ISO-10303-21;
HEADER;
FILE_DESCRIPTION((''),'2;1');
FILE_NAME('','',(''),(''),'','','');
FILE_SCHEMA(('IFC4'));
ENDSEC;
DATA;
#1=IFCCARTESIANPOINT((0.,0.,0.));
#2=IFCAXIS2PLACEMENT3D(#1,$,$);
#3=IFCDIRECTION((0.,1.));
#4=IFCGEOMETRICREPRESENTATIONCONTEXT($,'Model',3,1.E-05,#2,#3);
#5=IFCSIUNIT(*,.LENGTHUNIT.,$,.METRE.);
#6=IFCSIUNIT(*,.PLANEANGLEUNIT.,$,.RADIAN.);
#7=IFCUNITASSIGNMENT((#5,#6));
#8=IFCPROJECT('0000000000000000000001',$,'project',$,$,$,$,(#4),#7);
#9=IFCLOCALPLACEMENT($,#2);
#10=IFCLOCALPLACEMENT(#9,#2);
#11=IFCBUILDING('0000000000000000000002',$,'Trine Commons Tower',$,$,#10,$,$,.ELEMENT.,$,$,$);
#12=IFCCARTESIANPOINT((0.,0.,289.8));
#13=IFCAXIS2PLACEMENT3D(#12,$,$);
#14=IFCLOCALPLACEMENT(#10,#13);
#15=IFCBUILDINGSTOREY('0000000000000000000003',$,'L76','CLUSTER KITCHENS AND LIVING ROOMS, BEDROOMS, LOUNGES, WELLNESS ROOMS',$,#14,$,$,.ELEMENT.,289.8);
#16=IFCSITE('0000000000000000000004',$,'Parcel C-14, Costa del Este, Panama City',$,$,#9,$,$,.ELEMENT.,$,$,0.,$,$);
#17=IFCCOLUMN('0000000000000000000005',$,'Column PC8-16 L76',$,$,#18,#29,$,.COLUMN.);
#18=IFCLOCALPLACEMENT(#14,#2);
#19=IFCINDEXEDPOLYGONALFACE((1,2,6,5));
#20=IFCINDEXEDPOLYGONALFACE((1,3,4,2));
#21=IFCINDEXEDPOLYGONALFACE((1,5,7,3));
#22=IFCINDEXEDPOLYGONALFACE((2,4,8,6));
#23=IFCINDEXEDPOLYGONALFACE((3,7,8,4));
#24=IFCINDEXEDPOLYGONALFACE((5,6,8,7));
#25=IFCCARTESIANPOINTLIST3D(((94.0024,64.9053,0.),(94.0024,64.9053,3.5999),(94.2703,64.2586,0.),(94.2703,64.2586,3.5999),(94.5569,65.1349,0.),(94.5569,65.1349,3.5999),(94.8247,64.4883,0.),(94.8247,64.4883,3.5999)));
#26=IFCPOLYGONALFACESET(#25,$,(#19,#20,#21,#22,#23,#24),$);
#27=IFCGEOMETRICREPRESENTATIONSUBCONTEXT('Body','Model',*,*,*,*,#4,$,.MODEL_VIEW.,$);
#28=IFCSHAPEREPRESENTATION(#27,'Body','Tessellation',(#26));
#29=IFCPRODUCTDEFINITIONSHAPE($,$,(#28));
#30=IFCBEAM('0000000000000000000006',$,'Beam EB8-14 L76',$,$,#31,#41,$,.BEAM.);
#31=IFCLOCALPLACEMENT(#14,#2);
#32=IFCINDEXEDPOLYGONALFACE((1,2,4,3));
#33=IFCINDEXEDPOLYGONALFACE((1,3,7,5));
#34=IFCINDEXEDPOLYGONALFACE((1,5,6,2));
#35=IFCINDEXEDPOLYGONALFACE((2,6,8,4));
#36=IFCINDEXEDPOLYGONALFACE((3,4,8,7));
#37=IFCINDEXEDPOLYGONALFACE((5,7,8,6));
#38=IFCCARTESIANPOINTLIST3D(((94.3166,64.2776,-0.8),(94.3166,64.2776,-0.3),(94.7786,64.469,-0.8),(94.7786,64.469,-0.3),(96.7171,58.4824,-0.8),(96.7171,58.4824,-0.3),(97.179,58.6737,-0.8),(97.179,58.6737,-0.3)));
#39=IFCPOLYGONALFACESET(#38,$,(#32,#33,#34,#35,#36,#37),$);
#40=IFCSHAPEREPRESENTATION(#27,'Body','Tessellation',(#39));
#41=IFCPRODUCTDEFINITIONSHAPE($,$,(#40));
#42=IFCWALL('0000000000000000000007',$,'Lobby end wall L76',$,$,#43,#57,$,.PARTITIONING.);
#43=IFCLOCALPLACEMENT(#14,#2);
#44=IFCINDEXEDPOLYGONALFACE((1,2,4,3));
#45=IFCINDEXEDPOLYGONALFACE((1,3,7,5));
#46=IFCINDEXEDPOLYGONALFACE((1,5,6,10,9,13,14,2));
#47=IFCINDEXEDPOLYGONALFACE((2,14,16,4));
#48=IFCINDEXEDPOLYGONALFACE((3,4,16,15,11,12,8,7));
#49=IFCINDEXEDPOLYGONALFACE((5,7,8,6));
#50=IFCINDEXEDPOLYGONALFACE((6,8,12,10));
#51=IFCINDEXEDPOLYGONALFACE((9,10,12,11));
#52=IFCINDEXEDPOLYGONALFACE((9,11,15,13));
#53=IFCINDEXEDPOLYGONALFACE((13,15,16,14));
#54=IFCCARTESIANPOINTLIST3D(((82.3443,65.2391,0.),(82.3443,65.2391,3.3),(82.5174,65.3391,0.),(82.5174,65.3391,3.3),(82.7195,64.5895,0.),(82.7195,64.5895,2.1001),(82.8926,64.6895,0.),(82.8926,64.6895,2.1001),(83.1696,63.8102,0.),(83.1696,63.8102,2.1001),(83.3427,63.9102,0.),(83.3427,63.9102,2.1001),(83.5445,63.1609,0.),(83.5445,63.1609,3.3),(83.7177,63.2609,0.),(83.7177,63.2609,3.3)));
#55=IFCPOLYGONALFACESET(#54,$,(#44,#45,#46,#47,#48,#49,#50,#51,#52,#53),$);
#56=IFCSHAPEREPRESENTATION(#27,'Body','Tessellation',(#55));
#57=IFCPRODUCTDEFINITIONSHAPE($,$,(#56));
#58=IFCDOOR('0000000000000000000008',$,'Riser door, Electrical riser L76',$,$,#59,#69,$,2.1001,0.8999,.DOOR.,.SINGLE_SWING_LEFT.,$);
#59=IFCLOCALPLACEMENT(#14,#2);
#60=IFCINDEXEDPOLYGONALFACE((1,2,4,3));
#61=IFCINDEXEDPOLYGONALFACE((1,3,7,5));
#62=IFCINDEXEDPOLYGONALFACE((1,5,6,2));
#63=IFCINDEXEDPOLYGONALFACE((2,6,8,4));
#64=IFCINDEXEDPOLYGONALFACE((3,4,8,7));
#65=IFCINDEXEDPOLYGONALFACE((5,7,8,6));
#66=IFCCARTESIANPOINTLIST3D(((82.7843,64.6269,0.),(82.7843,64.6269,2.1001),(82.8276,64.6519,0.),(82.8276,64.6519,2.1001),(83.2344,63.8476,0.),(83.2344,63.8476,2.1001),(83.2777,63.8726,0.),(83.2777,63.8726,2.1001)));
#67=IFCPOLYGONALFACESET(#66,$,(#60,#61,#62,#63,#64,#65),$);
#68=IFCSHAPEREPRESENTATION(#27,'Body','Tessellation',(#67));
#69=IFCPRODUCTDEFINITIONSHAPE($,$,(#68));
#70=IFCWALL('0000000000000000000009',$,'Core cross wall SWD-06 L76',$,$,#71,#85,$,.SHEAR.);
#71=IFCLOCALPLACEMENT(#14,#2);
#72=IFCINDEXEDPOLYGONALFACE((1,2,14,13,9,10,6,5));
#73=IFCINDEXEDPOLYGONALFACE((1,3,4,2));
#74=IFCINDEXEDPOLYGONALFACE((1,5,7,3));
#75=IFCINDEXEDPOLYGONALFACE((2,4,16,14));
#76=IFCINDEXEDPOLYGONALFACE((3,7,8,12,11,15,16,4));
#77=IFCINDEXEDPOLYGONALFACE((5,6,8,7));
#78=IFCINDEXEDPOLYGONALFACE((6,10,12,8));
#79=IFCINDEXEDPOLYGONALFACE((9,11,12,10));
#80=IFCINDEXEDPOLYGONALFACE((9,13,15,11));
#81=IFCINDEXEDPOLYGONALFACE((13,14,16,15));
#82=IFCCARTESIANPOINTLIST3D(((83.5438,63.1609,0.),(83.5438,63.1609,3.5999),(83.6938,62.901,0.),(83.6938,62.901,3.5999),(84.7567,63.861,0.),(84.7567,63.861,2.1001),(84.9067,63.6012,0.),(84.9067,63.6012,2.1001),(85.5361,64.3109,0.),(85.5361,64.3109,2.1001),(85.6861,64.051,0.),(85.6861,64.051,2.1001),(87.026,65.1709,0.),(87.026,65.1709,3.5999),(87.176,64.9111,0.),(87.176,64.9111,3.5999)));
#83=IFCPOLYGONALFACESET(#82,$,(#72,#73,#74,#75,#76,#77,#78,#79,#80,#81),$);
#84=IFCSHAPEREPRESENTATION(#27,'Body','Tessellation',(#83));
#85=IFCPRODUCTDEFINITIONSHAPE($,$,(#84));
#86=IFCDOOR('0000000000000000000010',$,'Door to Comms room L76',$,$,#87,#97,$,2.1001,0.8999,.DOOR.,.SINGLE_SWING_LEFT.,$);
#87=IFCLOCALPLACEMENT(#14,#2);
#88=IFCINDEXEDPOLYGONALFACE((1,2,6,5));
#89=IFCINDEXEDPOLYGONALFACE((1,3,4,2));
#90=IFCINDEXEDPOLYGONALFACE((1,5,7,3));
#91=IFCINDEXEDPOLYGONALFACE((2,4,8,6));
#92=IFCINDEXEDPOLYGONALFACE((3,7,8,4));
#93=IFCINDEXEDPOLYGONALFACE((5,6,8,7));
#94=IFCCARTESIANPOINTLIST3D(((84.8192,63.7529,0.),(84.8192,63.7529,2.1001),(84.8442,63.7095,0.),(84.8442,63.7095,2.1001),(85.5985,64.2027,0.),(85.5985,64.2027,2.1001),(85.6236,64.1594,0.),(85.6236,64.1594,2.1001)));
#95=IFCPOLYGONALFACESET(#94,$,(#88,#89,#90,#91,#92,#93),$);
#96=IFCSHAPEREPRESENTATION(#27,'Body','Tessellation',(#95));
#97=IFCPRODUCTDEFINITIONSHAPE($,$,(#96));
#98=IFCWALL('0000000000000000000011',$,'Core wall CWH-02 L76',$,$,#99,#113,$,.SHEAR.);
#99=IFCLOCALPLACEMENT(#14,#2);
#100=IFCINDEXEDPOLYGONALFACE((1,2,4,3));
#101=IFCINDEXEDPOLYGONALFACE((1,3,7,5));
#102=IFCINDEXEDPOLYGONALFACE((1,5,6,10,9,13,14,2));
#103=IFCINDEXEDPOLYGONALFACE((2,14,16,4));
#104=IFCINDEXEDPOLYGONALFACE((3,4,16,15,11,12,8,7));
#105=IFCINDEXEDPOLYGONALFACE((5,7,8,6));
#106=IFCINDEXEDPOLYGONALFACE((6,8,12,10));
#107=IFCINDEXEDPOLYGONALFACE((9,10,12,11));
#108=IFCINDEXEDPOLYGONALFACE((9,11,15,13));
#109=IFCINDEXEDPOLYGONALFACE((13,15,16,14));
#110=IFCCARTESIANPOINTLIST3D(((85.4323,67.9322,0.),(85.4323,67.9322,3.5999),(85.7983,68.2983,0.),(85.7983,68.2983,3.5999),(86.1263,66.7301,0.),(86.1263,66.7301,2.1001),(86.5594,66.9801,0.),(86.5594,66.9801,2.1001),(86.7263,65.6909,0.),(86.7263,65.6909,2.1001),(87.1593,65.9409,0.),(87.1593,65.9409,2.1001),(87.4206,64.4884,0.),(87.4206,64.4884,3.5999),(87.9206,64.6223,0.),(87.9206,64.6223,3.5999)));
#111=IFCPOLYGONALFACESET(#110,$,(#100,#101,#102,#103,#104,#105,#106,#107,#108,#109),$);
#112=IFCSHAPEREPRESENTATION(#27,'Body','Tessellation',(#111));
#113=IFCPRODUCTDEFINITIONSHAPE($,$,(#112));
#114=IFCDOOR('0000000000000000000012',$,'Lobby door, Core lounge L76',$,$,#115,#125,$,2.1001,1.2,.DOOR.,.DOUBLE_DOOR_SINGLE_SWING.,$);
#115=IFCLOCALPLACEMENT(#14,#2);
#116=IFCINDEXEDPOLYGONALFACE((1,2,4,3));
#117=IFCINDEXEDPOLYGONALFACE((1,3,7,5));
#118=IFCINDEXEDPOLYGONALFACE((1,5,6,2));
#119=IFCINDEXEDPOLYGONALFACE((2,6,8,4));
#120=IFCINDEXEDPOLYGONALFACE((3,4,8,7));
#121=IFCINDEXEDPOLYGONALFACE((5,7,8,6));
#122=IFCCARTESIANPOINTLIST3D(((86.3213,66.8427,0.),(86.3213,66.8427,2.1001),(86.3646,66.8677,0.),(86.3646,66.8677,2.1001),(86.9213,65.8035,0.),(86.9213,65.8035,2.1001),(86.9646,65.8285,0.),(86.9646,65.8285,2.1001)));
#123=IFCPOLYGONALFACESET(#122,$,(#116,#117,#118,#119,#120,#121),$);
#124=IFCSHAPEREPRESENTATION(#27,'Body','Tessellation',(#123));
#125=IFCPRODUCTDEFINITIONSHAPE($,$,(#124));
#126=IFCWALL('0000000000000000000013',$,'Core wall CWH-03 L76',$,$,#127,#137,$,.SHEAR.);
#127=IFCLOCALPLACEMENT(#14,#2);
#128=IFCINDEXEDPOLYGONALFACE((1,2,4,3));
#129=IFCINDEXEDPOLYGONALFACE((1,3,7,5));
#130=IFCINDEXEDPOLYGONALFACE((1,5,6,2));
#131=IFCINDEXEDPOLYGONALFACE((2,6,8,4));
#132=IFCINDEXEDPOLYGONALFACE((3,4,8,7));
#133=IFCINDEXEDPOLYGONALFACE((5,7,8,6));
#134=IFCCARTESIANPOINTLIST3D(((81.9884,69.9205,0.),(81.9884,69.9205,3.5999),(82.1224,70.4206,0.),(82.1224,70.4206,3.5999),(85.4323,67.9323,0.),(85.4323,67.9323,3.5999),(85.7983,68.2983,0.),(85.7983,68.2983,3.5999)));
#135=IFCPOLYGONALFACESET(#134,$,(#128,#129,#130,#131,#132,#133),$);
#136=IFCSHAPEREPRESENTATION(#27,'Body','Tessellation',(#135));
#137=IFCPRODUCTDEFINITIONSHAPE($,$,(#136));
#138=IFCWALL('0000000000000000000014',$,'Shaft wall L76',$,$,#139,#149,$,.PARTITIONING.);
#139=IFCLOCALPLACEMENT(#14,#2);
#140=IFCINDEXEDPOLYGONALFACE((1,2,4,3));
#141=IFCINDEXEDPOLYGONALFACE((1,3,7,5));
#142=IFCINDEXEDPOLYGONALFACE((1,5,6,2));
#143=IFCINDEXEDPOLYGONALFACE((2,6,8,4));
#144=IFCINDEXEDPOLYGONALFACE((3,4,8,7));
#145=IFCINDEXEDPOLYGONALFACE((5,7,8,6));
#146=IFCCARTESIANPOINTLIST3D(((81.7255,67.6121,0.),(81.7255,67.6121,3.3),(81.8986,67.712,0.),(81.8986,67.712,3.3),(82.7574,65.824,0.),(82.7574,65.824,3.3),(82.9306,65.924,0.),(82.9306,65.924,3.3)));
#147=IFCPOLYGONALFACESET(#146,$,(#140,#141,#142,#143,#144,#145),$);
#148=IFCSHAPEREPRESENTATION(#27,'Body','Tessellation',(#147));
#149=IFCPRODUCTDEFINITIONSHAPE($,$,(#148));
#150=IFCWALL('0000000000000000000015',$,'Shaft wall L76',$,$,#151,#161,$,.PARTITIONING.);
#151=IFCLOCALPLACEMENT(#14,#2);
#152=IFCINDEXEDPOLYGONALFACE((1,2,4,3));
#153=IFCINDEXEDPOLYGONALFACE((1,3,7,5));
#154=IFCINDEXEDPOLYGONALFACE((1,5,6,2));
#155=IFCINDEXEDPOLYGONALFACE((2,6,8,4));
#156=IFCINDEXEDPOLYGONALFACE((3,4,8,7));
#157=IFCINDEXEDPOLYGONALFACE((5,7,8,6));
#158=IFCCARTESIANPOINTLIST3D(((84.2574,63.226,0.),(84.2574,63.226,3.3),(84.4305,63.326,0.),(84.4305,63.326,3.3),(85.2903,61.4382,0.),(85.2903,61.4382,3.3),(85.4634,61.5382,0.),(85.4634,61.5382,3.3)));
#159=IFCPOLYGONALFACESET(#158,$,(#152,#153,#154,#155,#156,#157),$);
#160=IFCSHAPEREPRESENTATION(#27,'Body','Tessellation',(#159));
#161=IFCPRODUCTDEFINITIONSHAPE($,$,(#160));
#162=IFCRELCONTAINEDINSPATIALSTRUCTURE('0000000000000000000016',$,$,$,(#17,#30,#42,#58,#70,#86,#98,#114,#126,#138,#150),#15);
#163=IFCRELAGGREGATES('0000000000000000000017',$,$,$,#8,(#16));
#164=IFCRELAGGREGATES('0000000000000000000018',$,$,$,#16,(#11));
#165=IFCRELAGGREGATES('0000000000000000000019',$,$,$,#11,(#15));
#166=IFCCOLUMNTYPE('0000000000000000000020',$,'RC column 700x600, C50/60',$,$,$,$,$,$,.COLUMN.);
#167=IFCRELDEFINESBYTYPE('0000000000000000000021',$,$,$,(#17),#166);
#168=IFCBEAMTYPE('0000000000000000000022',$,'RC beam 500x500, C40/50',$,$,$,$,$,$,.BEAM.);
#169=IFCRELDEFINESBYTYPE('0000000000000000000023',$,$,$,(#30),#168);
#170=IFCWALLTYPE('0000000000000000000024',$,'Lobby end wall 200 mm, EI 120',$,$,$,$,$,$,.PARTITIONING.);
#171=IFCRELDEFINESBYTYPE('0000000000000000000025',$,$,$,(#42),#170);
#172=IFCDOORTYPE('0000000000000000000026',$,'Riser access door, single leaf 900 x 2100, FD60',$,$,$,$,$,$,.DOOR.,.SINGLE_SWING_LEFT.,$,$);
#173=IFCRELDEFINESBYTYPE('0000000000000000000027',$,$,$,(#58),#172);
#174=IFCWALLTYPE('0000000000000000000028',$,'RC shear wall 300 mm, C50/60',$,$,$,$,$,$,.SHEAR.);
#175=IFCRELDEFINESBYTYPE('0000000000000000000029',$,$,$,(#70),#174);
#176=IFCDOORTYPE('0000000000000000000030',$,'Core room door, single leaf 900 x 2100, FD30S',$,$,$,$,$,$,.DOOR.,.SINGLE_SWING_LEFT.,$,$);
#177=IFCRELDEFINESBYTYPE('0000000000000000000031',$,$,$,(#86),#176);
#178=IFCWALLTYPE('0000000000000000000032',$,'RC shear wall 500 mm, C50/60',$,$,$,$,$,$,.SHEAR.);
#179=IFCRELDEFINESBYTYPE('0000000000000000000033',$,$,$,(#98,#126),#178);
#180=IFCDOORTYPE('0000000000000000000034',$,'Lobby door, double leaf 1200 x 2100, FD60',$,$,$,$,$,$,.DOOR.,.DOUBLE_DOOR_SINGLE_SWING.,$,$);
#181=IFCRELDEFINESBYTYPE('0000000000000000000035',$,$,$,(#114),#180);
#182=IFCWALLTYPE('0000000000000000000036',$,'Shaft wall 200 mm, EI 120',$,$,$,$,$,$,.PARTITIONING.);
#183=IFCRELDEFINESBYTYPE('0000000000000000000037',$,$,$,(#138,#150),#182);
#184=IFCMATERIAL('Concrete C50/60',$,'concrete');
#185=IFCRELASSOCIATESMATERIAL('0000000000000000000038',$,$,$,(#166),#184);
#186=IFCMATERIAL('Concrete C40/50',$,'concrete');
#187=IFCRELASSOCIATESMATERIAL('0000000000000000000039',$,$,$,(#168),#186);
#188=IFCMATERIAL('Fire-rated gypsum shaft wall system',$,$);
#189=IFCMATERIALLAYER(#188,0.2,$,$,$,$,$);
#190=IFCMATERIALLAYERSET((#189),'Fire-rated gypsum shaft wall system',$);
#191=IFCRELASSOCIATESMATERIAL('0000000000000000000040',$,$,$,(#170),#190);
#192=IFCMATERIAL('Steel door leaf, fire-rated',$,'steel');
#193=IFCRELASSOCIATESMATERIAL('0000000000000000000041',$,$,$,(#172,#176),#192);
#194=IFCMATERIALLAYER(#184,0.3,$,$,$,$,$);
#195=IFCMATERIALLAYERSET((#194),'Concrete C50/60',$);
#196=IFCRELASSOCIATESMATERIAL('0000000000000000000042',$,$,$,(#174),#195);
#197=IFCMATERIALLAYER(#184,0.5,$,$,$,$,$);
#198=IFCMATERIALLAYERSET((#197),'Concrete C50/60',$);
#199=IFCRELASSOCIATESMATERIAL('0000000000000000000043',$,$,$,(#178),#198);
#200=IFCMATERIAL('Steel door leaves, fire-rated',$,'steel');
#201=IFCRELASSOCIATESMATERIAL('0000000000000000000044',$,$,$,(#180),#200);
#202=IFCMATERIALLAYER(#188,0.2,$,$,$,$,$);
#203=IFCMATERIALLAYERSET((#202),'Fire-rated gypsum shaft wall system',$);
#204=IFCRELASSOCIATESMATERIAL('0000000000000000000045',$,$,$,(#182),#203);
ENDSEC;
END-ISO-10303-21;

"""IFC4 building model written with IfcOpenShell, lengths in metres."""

from ifc_helpers import new_model, si_unit, direction, frame, frame_2d, origin, origin_2d, place, context, subcontext, project, spatial, polyline, rectangle, outline, extrude, material, layer, layer_set, material_profile, profile_set, type_object, element, fill, save


model = new_model("IFC4")

# Units and contexts
model_context = context("Model", 3, precision=1e-05, world=origin(), true_north=direction((0.0, 1.0)))
body_context = subcontext(model_context, "Body", "Model", "MODEL_VIEW")
ifc_project = project(units=[si_unit("LENGTHUNIT", "METRE"), si_unit("PLANEANGLEUNIT", "RADIAN")], contexts=[model_context])

# Site, building, storey
site_placement = place(None, origin())
site = spatial("IfcSite", under=ifc_project, at=site_placement, Name="Parcel C-14, Costa del Este, Panama City", CompositionType="ELEMENT", RefElevation=0.0)
building_placement = place(site_placement, origin())
building = spatial("IfcBuilding", under=site, at=building_placement, Name="Trine Commons Tower", CompositionType="ELEMENT")
storey_placement = place(building_placement, frame((0.0, 0.0, 289.8)))
storey = spatial("IfcBuildingStorey", under=building, at=storey_placement, Name="L76", Description="CLUSTER KITCHENS AND LIVING ROOMS, BEDROOMS, LOUNGES, WELLNESS ROOMS", CompositionType="ELEMENT", Elevation=289.8)

# Column
ifc_material_1 = material(Name="Concrete C50/60", Category="concrete")
ifc_material_profile_1 = material_profile(ifc_material_1, rectangle(XDim=0.7, YDim=0.6001, at=origin_2d()), Name="RC 700x600")
ifc_profile_set_1 = profile_set([ifc_material_profile_1], Name="Concrete C50/60")
column_type = type_object("IfcColumnType", Name="RC column 700x600, C50/60", PredefinedType="COLUMN", material=ifc_profile_set_1)
column_placement = place(storey_placement, frame((94.4136, 64.6968, 0.0), z_axis=(0.0, 0.0, 1.0), x_axis=(-0.382683, 0.92388, 0.0)))
element("IfcColumn", 1, at=column_placement, inside=storey, type_object=column_type, Name="Column PC8-16 L76", PredefinedType="COLUMN", context=body_context, shape_type="SweptSolid", body=[
    extrude(rectangle(XDim=0.7, YDim=0.6001, at=origin_2d()), origin(), (0.0, 0.0, 1.0), 3.5999),
])

# Beam
ifc_material_2 = material(Name="Concrete C40/50", Category="concrete")
ifc_material_profile_2 = material_profile(ifc_material_2, rectangle(XDim=0.5, YDim=0.5, at=origin_2d()), Name="RC 500x500")
ifc_profile_set_2 = profile_set([ifc_material_profile_2], Name="Concrete C40/50")
beam_type = type_object("IfcBeamType", Name="RC beam 500x500, C40/50", PredefinedType="BEAM", material=ifc_profile_set_2)
beam_placement = place(storey_placement, frame((94.5476, 64.3733, -0.55), z_axis=(0.382677, -0.923882, 0.0), x_axis=(0.923882, 0.382677, 0.0)))
element("IfcBeam", 2, at=beam_placement, inside=storey, type_object=beam_type, Name="Beam EB8-14 L76", PredefinedType="BEAM", context=body_context, shape_type="SweptSolid", body=[
    extrude(rectangle(XDim=0.5, YDim=0.5, at=origin_2d()), origin(), (0.0, 0.0, 1.0), 6.2727),
])

# Walls, openings, doors
ifc_material_3 = material(Name="Fire-rated gypsum shaft wall system")
ifc_layer_1 = layer(ifc_material_3, 0.2)
ifc_layer_set_1 = layer_set([ifc_layer_1], Name="Fire-rated gypsum shaft wall system")
wall_type_1 = type_object("IfcWallType", Name="Lobby end wall 200 mm, EI 120", PredefinedType="PARTITIONING", material=ifc_layer_set_1)
wall_1_placement = place(storey_placement, frame((83.6311, 63.2109, 0.0), z_axis=(0.0, 0.0, 1.0), x_axis=(-0.500122, 0.865955, 0.0)))
wall_1 = element("IfcWall", 3, at=wall_1_placement, inside=storey, type_object=wall_type_1, Name="Lobby end wall L76", PredefinedType="PARTITIONING", context=body_context, shape_type="SweptSolid", body=[
    extrude(rectangle(XDim=2.3999, YDim=0.2, at=frame_2d((1.2, 0.0))), origin(), (0.0, 0.0, 1.0), 3.3),
])
opening_1_placement = place(wall_1_placement, frame((0.7498, 0.0, 0.0)))
opening_1 = element("IfcOpeningElement", 4, at=opening_1_placement, cuts=wall_1, PredefinedType="OPENING", context=body_context, shape_type="SweptSolid", body=[
    extrude(rectangle(XDim=0.8999, YDim=2.1001, at=frame_2d((0.45, 1.05))), frame((0.0, 0.1099, 0.0), z_axis=(0.0, -1.0, 0.0), x_axis=(1.0, 0.0, 0.0)), (0.0, 0.0, 1.0), 0.22),
])
ifc_material_4 = material(Name="Steel door leaf, fire-rated", Category="steel")
door_type_1 = type_object("IfcDoorType", Name="Riser access door, single leaf 900 x 2100, FD60", OperationType="SINGLE_SWING_LEFT", PredefinedType="DOOR", material=ifc_material_4)
door_1_placement = place(opening_1_placement, frame((0.8999, 0.0, 0.0), z_axis=(0.0, 0.0, 1.0), x_axis=(-1.0, 0.0, 0.0)))
door_1 = element("IfcDoor", 5, at=door_1_placement, inside=storey, type_object=door_type_1, Name="Riser door, Electrical riser L76", OperationType="SINGLE_SWING_LEFT", OverallHeight=2.1001, OverallWidth=0.8999, PredefinedType="DOOR", context=body_context, shape_type="SweptSolid", body=[
    extrude(rectangle(XDim=0.8999, YDim=2.1001, at=frame_2d((0.45, 1.05))), frame((0.0, 0.0249, 0.0), z_axis=(0.0, -1.0, 0.0), x_axis=(1.0, 0.0, 0.0)), (0.0, 0.0, 1.0), 0.05),
])
fill(opening_1, door_1)
ifc_layer_2 = layer(ifc_material_1, 0.3)
ifc_layer_set_2 = layer_set([ifc_layer_2], Name="Concrete C50/60")
wall_type_2 = type_object("IfcWallType", Name="RC shear wall 300 mm, C50/60", PredefinedType="SHEAR", material=ifc_layer_set_2)
wall_2_placement = place(storey_placement, frame((83.6189, 63.031, 0.0), z_axis=(0.0, 0.0, 1.0), x_axis=(0.866071, 0.49992, 0.0)))
wall_2 = element("IfcWall", 6, at=wall_2_placement, inside=storey, type_object=wall_type_2, Name="Core cross wall SWD-06 L76", PredefinedType="SHEAR", context=body_context, shape_type="SweptSolid", body=[
    extrude(rectangle(XDim=4.0208, YDim=0.3, at=frame_2d((2.0103, 0.0))), origin(), (0.0, 0.0, 1.0), 3.5999),
])
opening_2_placement = place(wall_2_placement, frame((1.4004, 0.0, 0.0)))
opening_2 = element("IfcOpeningElement", 7, at=opening_2_placement, cuts=wall_2, PredefinedType="OPENING", context=body_context, shape_type="SweptSolid", body=[
    extrude(rectangle(XDim=0.8999, YDim=2.1001, at=frame_2d((0.45, 1.05))), frame((0.0, 0.1599, 0.0), z_axis=(0.0, -1.0, 0.0), x_axis=(1.0, 0.0, 0.0)), (0.0, 0.0, 1.0), 0.3201),
])
door_type_2 = type_object("IfcDoorType", Name="Core room door, single leaf 900 x 2100, FD30S", OperationType="SINGLE_SWING_LEFT", PredefinedType="DOOR", material=ifc_material_4)
door_2_placement = place(opening_2_placement, frame((0.8999, 0.0, 0.0), z_axis=(0.0, 0.0, 1.0), x_axis=(-1.0, 0.0, 0.0)))
door_2 = element("IfcDoor", 8, at=door_2_placement, inside=storey, type_object=door_type_2, Name="Door to Comms room L76", OperationType="SINGLE_SWING_LEFT", OverallHeight=2.1001, OverallWidth=0.8999, PredefinedType="DOOR", context=body_context, shape_type="SweptSolid", body=[
    extrude(rectangle(XDim=0.8999, YDim=2.1001, at=frame_2d((0.45, 1.05))), frame((0.0, 0.0249, 0.0), z_axis=(0.0, -1.0, 0.0), x_axis=(1.0, 0.0, 0.0)), (0.0, 0.0, 1.0), 0.05),
])
fill(opening_2, door_2)
ifc_layer_3 = layer(ifc_material_1, 0.5)
ifc_layer_set_3 = layer_set([ifc_layer_3], Name="Concrete C50/60")
wall_type_3 = type_object("IfcWallType", Name="RC shear wall 500 mm, C50/60", PredefinedType="SHEAR", material=ifc_layer_set_3)
wall_3_placement = place(storey_placement, frame((87.7041, 64.4973, 0.0), z_axis=(0.0, 0.0, 1.0), x_axis=(-0.499993, 0.866029, 0.0)))
wall_3 = element("IfcWall", 9, at=wall_3_placement, inside=storey, type_object=wall_type_3, Name="Core wall CWH-02 L76", PredefinedType="SHEAR", context=body_context, shape_type="SweptSolid", body=[
    extrude(outline(polyline([(0.0, -0.25), (4.2446, -0.25), (4.1106, 0.25), (0.134, 0.25), (0.0, -0.25)])), origin(), (0.0, 0.0, 1.0), 3.5999),
])
opening_3_placement = place(wall_3_placement, frame((1.5225, 0.0, 0.0)))
opening_3 = element("IfcOpeningElement", 10, at=opening_3_placement, cuts=wall_3, PredefinedType="OPENING", context=body_context, shape_type="SweptSolid", body=[
    extrude(rectangle(XDim=1.2, YDim=2.1001, at=frame_2d((0.6001, 1.05))), frame((0.0, 0.26, 0.0), z_axis=(0.0, -1.0, 0.0), x_axis=(1.0, 0.0, 0.0)), (0.0, 0.0, 1.0), 0.52),
])
ifc_material_5 = material(Name="Steel door leaves, fire-rated", Category="steel")
door_type_3 = type_object("IfcDoorType", Name="Lobby door, double leaf 1200 x 2100, FD60", OperationType="DOUBLE_DOOR_SINGLE_SWING", PredefinedType="DOOR", material=ifc_material_5)
door_3_placement = place(opening_3_placement, origin())
door_3 = element("IfcDoor", 11, at=door_3_placement, inside=storey, type_object=door_type_3, Name="Lobby door, Core lounge L76", OperationType="DOUBLE_DOOR_SINGLE_SWING", OverallHeight=2.1001, OverallWidth=1.2, PredefinedType="DOOR", context=body_context, shape_type="SweptSolid", body=[
    extrude(rectangle(XDim=1.2, YDim=2.1001, at=frame_2d((0.6001, 1.05))), frame((0.0, 0.0249, 0.0), z_axis=(0.0, -1.0, 0.0), x_axis=(1.0, 0.0, 0.0)), (0.0, 0.0, 1.0), 0.05),
])
fill(opening_3, door_3)

# Walls
wall_4_placement = place(storey_placement, frame((85.6733, 68.0818, 0.0), z_axis=(0.0, 0.0, 1.0), x_axis=(-0.866029, 0.499993, 0.0)))
element("IfcWall", 12, at=wall_4_placement, inside=storey, type_object=wall_type_3, Name="Core wall CWH-03 L76", PredefinedType="SHEAR", context=body_context, shape_type="SweptSolid", body=[
    extrude(outline(polyline([(0.0, -0.25), (4.2446, -0.25), (4.1106, 0.25), (0.134, 0.25), (0.0, -0.25)])), origin(), (0.0, 0.0, 1.0), 3.5999),
])
ifc_layer_4 = layer(ifc_material_3, 0.2)
ifc_layer_set_4 = layer_set([ifc_layer_4], Name="Fire-rated gypsum shaft wall system")
wall_type_4 = type_object("IfcWallType", Name="Shaft wall 200 mm, EI 120", PredefinedType="PARTITIONING", material=ifc_layer_set_4)
wall_5_placement = place(storey_placement, frame((82.844, 65.874, 0.0), z_axis=(0.0, 0.0, 1.0), x_axis=(-0.499866, 0.866103, 0.0)))
element("IfcWall", 13, at=wall_5_placement, inside=storey, type_object=wall_type_4, Name="Shaft wall L76", PredefinedType="PARTITIONING", context=body_context, shape_type="SweptSolid", body=[
    extrude(rectangle(XDim=2.0645, YDim=0.2, at=frame_2d((1.0322, 0.0))), origin(), (0.0, 0.0, 1.0), 3.3),
])
wall_6_placement = place(storey_placement, frame((84.344, 63.2759, 0.0), z_axis=(0.0, 0.0, 1.0), x_axis=(0.500272, -0.865868, 0.0)))
element("IfcWall", 14, at=wall_6_placement, inside=storey, type_object=wall_type_4, Name="Shaft wall L76", PredefinedType="PARTITIONING", context=body_context, shape_type="SweptSolid", body=[
    extrude(rectangle(XDim=2.0647, YDim=0.2, at=frame_2d((1.0322, 0.0))), origin(), (0.0, 0.0, 1.0), 3.3),
])

save(model, "model.ifc")
